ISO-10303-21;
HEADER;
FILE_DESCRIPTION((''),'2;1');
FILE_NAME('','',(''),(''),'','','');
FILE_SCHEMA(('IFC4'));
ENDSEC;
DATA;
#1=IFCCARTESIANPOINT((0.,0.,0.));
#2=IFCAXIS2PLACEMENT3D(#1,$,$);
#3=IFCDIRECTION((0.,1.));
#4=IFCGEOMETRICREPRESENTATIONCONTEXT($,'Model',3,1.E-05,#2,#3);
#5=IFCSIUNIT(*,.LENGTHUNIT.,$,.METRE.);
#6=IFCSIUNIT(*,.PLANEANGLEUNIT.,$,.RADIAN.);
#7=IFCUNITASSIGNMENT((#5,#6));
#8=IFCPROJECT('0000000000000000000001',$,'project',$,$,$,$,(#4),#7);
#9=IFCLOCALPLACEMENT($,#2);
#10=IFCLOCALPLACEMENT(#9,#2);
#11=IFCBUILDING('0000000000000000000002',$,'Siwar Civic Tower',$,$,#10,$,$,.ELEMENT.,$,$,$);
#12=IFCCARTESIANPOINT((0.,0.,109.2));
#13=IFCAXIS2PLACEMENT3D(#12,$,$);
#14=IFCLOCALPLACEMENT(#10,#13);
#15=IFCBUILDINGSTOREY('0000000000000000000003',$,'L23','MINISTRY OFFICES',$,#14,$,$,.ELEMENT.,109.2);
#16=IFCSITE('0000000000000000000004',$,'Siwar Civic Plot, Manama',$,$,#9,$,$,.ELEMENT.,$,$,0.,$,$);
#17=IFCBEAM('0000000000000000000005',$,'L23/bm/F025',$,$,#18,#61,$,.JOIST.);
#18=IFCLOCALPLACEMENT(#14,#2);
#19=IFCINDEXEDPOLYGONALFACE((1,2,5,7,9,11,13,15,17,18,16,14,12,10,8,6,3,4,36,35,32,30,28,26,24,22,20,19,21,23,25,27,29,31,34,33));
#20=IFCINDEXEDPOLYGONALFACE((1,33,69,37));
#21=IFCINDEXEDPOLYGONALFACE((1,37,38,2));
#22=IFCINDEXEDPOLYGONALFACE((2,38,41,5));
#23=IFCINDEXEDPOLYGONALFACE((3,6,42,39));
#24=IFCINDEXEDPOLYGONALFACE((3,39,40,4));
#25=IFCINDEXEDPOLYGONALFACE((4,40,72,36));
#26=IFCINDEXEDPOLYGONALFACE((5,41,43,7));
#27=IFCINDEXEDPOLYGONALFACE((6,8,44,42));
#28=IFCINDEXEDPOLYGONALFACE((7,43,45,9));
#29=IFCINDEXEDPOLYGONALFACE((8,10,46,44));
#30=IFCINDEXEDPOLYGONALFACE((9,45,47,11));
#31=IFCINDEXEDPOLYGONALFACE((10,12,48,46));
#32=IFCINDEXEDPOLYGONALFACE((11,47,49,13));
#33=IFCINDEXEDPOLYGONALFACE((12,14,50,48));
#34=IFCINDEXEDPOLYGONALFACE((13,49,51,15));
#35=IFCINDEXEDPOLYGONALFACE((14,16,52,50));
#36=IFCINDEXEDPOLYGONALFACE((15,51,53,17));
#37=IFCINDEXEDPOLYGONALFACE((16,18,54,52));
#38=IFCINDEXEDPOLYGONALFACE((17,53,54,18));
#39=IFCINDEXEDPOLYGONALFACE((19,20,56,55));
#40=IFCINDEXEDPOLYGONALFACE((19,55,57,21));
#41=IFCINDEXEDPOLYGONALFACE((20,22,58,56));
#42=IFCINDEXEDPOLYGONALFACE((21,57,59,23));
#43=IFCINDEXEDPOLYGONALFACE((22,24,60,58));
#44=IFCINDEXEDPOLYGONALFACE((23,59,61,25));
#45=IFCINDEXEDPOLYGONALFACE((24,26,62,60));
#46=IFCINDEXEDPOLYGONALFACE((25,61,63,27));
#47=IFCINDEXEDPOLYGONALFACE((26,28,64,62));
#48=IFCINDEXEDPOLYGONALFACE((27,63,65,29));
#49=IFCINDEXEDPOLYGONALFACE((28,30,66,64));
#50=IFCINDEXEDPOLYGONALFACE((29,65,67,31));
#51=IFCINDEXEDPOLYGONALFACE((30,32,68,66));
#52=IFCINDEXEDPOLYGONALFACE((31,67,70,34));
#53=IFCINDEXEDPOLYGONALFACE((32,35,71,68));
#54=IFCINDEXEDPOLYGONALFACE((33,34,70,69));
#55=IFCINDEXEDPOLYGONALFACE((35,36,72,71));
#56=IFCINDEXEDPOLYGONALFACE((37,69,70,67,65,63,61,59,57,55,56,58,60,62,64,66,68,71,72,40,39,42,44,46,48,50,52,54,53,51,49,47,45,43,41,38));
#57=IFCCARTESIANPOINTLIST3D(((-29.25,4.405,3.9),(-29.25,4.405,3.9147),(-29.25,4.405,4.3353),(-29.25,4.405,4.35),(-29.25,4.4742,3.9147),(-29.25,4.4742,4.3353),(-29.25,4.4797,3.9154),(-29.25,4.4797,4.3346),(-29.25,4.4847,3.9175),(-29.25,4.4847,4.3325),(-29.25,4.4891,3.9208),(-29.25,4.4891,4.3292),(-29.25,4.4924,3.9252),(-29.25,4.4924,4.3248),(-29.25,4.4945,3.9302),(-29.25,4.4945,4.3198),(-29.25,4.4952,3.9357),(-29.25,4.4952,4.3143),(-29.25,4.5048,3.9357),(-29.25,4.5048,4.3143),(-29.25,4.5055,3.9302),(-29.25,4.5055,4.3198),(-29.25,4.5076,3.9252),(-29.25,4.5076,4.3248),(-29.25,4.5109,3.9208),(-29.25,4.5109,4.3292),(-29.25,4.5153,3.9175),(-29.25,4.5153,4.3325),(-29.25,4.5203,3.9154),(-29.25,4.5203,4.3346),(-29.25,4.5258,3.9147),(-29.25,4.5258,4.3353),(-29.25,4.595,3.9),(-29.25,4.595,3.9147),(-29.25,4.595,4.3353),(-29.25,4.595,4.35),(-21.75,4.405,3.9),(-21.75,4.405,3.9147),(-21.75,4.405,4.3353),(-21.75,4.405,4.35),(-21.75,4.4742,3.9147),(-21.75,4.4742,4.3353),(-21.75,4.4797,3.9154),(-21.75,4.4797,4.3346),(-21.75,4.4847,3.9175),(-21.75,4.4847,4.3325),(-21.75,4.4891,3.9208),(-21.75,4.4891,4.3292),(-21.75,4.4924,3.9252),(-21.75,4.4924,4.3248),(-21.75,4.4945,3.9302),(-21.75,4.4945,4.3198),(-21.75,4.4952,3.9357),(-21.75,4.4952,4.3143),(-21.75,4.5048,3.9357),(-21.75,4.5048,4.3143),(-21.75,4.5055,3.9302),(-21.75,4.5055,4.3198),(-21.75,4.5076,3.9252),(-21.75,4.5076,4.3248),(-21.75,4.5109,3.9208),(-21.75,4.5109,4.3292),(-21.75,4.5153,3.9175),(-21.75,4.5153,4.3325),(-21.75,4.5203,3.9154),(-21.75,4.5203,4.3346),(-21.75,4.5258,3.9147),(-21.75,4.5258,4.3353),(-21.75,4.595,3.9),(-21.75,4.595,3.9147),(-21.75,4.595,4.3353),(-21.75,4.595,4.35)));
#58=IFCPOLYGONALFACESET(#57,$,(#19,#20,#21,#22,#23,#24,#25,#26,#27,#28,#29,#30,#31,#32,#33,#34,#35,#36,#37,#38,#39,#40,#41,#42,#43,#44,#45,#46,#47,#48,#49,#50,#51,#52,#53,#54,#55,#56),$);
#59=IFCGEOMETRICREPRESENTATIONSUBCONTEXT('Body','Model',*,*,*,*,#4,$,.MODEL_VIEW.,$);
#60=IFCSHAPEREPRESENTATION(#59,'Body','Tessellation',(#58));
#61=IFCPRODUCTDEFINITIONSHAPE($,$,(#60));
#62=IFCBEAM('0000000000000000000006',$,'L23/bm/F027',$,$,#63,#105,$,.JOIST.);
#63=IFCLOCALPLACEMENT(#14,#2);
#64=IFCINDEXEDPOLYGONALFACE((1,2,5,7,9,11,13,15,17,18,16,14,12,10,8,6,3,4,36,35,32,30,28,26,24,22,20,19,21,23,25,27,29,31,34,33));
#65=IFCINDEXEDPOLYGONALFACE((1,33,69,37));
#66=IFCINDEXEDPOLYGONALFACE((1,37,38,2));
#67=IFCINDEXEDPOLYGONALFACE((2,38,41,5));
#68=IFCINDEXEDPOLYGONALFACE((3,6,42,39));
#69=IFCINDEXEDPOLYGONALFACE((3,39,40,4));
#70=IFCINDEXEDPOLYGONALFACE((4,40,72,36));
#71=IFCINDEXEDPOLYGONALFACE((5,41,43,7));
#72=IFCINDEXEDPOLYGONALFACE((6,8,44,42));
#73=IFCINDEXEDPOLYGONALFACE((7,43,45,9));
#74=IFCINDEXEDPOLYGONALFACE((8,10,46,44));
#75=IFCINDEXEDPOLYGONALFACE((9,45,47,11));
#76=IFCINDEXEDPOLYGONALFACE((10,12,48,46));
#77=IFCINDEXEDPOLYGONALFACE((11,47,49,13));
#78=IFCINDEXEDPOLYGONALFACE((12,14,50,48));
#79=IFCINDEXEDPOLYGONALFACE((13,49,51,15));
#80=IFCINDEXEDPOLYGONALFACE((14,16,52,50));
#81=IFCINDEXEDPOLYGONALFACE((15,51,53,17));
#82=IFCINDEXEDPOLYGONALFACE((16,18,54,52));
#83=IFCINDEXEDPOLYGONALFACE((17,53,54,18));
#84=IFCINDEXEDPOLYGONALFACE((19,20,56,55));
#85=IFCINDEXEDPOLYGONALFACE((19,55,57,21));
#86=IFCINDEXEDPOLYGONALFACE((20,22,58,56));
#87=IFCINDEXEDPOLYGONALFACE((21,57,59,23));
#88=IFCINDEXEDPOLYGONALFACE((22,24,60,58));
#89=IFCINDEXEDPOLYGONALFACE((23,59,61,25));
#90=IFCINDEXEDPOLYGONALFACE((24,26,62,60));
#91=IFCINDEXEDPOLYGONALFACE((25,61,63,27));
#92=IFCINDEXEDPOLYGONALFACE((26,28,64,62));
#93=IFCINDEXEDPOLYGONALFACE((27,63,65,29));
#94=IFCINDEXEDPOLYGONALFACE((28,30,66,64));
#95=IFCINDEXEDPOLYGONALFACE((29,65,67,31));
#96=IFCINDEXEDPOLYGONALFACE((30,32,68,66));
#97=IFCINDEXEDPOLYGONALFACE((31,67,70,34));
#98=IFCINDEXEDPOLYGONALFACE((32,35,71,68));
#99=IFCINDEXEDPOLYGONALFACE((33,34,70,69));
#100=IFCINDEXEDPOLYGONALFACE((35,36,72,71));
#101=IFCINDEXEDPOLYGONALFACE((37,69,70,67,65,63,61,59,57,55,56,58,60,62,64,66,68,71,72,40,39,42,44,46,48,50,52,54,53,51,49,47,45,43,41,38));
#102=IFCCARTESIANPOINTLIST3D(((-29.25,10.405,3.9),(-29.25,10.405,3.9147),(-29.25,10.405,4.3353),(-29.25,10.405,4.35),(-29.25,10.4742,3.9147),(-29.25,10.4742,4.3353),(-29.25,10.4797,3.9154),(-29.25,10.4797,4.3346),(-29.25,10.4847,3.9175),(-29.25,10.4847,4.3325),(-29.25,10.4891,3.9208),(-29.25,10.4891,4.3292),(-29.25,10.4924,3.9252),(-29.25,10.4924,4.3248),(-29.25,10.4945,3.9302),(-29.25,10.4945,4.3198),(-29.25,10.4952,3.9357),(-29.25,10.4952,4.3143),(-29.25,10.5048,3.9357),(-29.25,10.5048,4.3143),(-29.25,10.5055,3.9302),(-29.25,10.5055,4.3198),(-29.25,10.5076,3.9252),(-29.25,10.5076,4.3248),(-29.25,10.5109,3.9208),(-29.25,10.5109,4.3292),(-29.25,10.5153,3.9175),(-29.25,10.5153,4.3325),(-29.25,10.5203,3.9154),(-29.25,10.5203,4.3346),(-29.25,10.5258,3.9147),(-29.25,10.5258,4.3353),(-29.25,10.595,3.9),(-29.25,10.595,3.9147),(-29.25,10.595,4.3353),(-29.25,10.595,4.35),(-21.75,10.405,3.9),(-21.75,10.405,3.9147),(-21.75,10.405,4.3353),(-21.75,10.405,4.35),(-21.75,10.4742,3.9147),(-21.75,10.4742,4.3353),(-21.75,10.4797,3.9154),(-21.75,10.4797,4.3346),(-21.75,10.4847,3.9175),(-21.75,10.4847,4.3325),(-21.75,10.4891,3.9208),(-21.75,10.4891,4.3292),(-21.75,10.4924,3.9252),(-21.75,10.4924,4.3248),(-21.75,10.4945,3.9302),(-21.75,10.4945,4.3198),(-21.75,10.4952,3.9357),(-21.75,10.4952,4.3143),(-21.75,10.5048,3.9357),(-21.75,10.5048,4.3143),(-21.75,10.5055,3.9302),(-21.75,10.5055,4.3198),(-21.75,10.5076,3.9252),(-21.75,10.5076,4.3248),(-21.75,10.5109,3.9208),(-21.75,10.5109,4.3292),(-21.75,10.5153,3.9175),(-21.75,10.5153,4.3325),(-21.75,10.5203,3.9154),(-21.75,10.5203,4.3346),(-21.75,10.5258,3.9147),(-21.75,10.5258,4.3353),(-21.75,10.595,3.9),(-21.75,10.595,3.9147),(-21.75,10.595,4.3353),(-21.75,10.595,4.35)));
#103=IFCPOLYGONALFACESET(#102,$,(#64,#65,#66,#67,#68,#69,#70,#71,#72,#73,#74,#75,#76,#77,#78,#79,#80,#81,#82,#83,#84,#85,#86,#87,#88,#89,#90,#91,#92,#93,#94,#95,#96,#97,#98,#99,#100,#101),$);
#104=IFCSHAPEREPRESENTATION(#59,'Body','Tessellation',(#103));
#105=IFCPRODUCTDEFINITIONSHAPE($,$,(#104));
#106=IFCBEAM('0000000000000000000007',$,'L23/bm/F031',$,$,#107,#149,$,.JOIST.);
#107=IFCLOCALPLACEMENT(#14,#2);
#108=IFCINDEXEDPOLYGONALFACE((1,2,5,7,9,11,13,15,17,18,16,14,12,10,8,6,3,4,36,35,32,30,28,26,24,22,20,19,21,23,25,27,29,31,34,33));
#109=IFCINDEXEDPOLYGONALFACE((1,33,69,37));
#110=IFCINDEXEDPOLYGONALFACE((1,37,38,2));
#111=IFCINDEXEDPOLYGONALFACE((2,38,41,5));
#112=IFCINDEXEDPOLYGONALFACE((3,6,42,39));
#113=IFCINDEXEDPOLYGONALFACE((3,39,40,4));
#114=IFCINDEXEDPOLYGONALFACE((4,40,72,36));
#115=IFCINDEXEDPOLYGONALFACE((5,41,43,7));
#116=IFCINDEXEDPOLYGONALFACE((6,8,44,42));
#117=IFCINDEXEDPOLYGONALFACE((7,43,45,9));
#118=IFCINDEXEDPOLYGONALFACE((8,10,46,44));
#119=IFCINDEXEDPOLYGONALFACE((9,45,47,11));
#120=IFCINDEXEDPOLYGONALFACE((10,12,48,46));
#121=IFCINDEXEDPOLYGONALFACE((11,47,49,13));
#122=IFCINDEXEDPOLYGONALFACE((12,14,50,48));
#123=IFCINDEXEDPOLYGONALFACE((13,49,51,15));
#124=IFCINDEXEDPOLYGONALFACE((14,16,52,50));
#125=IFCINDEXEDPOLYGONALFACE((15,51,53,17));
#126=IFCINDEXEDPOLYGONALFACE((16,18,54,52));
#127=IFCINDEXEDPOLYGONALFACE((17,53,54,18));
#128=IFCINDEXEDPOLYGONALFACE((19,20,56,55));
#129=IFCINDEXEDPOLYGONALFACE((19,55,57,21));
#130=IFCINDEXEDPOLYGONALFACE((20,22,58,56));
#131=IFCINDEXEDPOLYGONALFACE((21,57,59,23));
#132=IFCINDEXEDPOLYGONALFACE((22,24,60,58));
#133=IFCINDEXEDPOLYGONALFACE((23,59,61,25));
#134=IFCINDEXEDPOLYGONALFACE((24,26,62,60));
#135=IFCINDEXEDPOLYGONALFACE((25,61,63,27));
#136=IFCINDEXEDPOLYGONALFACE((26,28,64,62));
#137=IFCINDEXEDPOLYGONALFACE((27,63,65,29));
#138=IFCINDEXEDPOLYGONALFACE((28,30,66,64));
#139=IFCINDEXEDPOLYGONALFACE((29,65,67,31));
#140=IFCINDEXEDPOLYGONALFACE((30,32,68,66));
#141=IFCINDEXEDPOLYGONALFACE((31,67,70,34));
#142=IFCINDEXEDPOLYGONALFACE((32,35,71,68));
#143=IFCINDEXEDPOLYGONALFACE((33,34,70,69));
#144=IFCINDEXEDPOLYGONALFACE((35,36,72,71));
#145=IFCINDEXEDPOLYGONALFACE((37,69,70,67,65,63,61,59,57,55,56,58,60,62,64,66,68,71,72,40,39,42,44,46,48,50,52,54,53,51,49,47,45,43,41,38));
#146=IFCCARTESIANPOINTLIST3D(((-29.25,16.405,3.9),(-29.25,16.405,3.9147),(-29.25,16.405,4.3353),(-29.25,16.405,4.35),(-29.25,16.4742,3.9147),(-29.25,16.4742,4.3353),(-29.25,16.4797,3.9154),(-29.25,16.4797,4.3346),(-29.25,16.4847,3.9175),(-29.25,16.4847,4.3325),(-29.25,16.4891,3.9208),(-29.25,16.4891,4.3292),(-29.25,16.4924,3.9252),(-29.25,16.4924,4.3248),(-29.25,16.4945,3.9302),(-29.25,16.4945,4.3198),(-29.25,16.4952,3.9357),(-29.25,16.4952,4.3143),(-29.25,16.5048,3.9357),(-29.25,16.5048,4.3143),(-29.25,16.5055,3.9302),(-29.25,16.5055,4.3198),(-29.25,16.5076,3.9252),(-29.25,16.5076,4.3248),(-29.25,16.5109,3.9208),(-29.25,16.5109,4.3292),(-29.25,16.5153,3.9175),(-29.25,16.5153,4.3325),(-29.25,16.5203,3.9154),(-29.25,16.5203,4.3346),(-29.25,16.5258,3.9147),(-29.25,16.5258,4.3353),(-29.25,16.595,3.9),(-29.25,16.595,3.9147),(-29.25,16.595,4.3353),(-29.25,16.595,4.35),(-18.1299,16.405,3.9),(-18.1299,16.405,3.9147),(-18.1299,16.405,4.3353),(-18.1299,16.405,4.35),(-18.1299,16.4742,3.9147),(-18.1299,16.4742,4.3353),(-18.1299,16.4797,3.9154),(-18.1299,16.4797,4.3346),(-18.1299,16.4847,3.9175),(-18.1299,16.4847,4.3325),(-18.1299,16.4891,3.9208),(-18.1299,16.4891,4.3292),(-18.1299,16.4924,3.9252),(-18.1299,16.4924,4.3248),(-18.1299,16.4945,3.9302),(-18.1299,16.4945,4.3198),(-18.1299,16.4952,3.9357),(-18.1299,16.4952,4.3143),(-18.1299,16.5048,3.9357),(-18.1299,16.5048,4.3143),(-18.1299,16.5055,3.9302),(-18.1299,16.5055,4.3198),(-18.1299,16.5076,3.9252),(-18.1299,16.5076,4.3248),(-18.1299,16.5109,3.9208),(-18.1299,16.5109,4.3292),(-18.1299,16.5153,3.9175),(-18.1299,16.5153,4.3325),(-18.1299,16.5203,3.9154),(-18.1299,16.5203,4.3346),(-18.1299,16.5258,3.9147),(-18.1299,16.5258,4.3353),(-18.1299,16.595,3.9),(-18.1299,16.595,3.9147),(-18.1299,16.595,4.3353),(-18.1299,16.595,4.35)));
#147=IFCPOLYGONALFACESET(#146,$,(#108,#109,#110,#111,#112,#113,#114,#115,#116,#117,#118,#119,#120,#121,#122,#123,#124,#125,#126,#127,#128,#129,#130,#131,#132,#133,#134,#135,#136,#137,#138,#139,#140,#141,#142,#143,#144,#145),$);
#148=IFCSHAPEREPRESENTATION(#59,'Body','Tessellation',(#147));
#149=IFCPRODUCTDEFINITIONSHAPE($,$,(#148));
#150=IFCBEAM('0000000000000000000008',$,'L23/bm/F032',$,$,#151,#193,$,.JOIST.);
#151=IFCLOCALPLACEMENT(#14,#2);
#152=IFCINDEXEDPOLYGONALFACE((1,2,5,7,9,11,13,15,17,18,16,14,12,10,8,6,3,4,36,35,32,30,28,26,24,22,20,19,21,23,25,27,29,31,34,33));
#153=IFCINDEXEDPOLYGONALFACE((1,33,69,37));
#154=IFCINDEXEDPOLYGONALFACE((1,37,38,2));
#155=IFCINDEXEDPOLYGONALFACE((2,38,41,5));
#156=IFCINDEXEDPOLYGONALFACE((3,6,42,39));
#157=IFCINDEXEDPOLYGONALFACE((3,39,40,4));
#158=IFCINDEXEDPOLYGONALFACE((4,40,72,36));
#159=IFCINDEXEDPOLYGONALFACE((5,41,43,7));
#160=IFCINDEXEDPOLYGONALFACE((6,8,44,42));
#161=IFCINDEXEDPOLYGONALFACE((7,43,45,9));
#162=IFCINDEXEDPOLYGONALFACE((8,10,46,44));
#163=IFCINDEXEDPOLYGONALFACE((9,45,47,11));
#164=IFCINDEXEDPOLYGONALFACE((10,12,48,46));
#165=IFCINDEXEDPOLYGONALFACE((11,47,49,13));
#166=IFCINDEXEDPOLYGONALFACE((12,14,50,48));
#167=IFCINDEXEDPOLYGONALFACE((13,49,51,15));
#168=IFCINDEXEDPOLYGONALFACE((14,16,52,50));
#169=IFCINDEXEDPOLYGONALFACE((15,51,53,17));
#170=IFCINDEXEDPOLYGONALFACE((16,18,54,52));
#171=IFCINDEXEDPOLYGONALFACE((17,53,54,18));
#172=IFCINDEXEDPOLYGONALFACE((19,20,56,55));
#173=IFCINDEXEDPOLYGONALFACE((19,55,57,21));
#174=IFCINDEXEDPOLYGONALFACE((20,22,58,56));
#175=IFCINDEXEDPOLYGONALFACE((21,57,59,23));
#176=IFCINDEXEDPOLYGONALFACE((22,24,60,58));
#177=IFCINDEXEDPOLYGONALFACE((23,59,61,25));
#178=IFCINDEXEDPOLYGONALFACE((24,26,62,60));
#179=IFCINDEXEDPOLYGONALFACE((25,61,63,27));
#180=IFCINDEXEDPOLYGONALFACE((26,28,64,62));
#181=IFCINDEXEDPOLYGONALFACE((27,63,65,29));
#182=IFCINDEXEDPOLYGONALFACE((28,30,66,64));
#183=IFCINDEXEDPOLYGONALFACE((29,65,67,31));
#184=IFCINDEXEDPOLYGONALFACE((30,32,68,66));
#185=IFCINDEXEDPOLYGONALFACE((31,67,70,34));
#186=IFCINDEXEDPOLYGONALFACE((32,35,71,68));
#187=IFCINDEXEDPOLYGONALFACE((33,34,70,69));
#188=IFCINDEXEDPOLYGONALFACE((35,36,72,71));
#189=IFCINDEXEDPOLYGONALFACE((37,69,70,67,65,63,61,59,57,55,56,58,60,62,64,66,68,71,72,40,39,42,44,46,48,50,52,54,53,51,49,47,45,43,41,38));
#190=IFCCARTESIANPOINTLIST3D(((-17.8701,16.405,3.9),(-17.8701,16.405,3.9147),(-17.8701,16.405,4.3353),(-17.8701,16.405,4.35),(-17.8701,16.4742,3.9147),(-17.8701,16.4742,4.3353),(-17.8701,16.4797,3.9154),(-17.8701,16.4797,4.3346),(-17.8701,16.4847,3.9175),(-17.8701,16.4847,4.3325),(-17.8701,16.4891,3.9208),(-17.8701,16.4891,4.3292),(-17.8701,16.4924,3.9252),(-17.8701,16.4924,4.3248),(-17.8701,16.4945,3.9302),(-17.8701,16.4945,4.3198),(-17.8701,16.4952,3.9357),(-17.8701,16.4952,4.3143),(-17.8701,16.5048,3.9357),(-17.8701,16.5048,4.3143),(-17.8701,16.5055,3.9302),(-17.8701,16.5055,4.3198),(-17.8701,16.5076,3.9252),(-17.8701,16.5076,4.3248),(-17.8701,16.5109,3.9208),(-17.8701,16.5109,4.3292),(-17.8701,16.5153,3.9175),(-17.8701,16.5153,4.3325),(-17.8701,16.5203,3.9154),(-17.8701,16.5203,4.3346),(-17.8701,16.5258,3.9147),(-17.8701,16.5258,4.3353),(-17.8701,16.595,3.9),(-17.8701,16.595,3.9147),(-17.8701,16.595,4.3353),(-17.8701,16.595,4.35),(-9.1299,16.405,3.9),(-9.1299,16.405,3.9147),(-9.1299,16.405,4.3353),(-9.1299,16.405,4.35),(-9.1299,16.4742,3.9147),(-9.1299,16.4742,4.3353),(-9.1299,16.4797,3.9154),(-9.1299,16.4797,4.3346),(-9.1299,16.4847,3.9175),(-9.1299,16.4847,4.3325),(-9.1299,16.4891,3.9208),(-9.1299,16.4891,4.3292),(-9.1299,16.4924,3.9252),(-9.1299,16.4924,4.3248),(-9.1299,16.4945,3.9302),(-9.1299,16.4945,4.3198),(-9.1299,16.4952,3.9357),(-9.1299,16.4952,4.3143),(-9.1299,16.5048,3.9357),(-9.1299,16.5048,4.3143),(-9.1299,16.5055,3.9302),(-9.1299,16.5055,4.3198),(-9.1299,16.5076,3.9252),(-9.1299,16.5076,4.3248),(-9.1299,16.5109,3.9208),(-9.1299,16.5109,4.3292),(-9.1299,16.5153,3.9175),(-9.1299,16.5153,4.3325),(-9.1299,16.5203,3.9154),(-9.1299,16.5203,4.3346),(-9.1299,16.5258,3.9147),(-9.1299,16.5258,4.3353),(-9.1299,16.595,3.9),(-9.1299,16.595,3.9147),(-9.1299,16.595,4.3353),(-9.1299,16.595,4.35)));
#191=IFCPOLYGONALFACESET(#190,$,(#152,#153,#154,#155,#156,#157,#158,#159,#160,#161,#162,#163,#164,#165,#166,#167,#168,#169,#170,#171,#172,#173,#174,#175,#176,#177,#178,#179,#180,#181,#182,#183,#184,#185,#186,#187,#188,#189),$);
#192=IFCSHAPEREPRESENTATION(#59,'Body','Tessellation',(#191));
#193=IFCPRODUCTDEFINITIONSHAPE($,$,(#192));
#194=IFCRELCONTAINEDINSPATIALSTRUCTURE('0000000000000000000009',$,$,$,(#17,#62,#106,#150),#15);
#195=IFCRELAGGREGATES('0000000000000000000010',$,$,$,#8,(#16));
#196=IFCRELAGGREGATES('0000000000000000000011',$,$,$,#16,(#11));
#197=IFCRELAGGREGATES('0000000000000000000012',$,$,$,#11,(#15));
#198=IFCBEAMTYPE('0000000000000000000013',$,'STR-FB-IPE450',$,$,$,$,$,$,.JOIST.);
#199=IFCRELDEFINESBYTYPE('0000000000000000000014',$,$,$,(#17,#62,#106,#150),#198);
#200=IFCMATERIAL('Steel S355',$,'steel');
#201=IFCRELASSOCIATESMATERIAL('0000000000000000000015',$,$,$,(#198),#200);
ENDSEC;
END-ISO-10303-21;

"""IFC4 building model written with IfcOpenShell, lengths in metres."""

from ifc_helpers import new_model, si_unit, direction, frame, origin, origin_2d, place, context, subcontext, project, spatial, i_section, extrude, material, material_profile, profile_set, type_object, element, save


model = new_model("IFC4")

# Units and contexts
model_context = context("Model", 3, precision=1e-05, world=origin(), true_north=direction((0.0, 1.0)))
body_context = subcontext(model_context, "Body", "Model", "MODEL_VIEW")
ifc_project = project(units=[si_unit("LENGTHUNIT", "METRE"), si_unit("PLANEANGLEUNIT", "RADIAN")], contexts=[model_context])

# Site, building, storey
site_placement = place(None, origin())
site = spatial("IfcSite", under=ifc_project, at=site_placement, Name="Siwar Civic Plot, Manama", CompositionType="ELEMENT", RefElevation=0.0)
building_placement = place(site_placement, origin())
building = spatial("IfcBuilding", under=site, at=building_placement, Name="Siwar Civic Tower", CompositionType="ELEMENT")
storey_placement = place(building_placement, frame((0.0, 0.0, 109.2)))
storey = spatial("IfcBuildingStorey", under=building, at=storey_placement, Name="L23", Description="MINISTRY OFFICES", CompositionType="ELEMENT", Elevation=109.2)

# Beams
ifc_material_1 = material(Name="Steel S355", Category="steel")
ifc_material_profile_1 = material_profile(ifc_material_1, i_section(OverallWidth=0.1899, OverallDepth=0.45, WebThickness=0.0095, FlangeThickness=0.0146, FilletRadius=0.021, at=origin_2d()), Name="IPE450")
ifc_profile_set_1 = profile_set([ifc_material_profile_1], Name="Steel S355")
beam_type_1 = type_object("IfcBeamType", Name="STR-FB-IPE450", PredefinedType="JOIST", material=ifc_profile_set_1)
for number, where, z_axis, x_axis, name in (
    (1, (-29.25, 4.5, 4.125), (1.0, 0.0, 0.0), (0.0, 1.0, 0.0), "L23/bm/F025"),
    (2, (-29.25, 10.5, 4.125), (1.0, 0.0, 0.0), (0.0, 1.0, 0.0), "L23/bm/F027"),
):
    element("IfcBeam", number, at=place(storey_placement, frame(where, z_axis=z_axis, x_axis=x_axis)), inside=storey, type_object=beam_type_1, Name=name, PredefinedType="JOIST", context=body_context, shape_type="SweptSolid", body=[
        extrude(i_section(OverallWidth=0.1899, OverallDepth=0.45, WebThickness=0.0095, FlangeThickness=0.0146, FilletRadius=0.021, at=origin_2d()), origin(), (0.0, 0.0, 1.0), 7.5),
    ])
beam_1_placement = place(storey_placement, frame((-29.25, 16.5, 4.125), z_axis=(1.0, 0.0, 0.0), x_axis=(0.0, 1.0, 0.0)))
element("IfcBeam", 3, at=beam_1_placement, inside=storey, type_object=beam_type_1, Name="L23/bm/F031", PredefinedType="JOIST", context=body_context, shape_type="SweptSolid", body=[
    extrude(i_section(OverallWidth=0.1899, OverallDepth=0.45, WebThickness=0.0095, FlangeThickness=0.0146, FilletRadius=0.021, at=origin_2d()), origin(), (0.0, 0.0, 1.0), 11.1201),
])
beam_2_placement = place(storey_placement, frame((-17.8701, 16.5, 4.125), z_axis=(1.0, 0.0, 0.0), x_axis=(0.0, 1.0, 0.0)))
element("IfcBeam", 4, at=beam_2_placement, inside=storey, type_object=beam_type_1, Name="L23/bm/F032", PredefinedType="JOIST", context=body_context, shape_type="SweptSolid", body=[
    extrude(i_section(OverallWidth=0.1899, OverallDepth=0.45, WebThickness=0.0095, FlangeThickness=0.0146, FilletRadius=0.021, at=origin_2d()), origin(), (0.0, 0.0, 1.0), 8.7402),
])

save(model, "model.ifc")
